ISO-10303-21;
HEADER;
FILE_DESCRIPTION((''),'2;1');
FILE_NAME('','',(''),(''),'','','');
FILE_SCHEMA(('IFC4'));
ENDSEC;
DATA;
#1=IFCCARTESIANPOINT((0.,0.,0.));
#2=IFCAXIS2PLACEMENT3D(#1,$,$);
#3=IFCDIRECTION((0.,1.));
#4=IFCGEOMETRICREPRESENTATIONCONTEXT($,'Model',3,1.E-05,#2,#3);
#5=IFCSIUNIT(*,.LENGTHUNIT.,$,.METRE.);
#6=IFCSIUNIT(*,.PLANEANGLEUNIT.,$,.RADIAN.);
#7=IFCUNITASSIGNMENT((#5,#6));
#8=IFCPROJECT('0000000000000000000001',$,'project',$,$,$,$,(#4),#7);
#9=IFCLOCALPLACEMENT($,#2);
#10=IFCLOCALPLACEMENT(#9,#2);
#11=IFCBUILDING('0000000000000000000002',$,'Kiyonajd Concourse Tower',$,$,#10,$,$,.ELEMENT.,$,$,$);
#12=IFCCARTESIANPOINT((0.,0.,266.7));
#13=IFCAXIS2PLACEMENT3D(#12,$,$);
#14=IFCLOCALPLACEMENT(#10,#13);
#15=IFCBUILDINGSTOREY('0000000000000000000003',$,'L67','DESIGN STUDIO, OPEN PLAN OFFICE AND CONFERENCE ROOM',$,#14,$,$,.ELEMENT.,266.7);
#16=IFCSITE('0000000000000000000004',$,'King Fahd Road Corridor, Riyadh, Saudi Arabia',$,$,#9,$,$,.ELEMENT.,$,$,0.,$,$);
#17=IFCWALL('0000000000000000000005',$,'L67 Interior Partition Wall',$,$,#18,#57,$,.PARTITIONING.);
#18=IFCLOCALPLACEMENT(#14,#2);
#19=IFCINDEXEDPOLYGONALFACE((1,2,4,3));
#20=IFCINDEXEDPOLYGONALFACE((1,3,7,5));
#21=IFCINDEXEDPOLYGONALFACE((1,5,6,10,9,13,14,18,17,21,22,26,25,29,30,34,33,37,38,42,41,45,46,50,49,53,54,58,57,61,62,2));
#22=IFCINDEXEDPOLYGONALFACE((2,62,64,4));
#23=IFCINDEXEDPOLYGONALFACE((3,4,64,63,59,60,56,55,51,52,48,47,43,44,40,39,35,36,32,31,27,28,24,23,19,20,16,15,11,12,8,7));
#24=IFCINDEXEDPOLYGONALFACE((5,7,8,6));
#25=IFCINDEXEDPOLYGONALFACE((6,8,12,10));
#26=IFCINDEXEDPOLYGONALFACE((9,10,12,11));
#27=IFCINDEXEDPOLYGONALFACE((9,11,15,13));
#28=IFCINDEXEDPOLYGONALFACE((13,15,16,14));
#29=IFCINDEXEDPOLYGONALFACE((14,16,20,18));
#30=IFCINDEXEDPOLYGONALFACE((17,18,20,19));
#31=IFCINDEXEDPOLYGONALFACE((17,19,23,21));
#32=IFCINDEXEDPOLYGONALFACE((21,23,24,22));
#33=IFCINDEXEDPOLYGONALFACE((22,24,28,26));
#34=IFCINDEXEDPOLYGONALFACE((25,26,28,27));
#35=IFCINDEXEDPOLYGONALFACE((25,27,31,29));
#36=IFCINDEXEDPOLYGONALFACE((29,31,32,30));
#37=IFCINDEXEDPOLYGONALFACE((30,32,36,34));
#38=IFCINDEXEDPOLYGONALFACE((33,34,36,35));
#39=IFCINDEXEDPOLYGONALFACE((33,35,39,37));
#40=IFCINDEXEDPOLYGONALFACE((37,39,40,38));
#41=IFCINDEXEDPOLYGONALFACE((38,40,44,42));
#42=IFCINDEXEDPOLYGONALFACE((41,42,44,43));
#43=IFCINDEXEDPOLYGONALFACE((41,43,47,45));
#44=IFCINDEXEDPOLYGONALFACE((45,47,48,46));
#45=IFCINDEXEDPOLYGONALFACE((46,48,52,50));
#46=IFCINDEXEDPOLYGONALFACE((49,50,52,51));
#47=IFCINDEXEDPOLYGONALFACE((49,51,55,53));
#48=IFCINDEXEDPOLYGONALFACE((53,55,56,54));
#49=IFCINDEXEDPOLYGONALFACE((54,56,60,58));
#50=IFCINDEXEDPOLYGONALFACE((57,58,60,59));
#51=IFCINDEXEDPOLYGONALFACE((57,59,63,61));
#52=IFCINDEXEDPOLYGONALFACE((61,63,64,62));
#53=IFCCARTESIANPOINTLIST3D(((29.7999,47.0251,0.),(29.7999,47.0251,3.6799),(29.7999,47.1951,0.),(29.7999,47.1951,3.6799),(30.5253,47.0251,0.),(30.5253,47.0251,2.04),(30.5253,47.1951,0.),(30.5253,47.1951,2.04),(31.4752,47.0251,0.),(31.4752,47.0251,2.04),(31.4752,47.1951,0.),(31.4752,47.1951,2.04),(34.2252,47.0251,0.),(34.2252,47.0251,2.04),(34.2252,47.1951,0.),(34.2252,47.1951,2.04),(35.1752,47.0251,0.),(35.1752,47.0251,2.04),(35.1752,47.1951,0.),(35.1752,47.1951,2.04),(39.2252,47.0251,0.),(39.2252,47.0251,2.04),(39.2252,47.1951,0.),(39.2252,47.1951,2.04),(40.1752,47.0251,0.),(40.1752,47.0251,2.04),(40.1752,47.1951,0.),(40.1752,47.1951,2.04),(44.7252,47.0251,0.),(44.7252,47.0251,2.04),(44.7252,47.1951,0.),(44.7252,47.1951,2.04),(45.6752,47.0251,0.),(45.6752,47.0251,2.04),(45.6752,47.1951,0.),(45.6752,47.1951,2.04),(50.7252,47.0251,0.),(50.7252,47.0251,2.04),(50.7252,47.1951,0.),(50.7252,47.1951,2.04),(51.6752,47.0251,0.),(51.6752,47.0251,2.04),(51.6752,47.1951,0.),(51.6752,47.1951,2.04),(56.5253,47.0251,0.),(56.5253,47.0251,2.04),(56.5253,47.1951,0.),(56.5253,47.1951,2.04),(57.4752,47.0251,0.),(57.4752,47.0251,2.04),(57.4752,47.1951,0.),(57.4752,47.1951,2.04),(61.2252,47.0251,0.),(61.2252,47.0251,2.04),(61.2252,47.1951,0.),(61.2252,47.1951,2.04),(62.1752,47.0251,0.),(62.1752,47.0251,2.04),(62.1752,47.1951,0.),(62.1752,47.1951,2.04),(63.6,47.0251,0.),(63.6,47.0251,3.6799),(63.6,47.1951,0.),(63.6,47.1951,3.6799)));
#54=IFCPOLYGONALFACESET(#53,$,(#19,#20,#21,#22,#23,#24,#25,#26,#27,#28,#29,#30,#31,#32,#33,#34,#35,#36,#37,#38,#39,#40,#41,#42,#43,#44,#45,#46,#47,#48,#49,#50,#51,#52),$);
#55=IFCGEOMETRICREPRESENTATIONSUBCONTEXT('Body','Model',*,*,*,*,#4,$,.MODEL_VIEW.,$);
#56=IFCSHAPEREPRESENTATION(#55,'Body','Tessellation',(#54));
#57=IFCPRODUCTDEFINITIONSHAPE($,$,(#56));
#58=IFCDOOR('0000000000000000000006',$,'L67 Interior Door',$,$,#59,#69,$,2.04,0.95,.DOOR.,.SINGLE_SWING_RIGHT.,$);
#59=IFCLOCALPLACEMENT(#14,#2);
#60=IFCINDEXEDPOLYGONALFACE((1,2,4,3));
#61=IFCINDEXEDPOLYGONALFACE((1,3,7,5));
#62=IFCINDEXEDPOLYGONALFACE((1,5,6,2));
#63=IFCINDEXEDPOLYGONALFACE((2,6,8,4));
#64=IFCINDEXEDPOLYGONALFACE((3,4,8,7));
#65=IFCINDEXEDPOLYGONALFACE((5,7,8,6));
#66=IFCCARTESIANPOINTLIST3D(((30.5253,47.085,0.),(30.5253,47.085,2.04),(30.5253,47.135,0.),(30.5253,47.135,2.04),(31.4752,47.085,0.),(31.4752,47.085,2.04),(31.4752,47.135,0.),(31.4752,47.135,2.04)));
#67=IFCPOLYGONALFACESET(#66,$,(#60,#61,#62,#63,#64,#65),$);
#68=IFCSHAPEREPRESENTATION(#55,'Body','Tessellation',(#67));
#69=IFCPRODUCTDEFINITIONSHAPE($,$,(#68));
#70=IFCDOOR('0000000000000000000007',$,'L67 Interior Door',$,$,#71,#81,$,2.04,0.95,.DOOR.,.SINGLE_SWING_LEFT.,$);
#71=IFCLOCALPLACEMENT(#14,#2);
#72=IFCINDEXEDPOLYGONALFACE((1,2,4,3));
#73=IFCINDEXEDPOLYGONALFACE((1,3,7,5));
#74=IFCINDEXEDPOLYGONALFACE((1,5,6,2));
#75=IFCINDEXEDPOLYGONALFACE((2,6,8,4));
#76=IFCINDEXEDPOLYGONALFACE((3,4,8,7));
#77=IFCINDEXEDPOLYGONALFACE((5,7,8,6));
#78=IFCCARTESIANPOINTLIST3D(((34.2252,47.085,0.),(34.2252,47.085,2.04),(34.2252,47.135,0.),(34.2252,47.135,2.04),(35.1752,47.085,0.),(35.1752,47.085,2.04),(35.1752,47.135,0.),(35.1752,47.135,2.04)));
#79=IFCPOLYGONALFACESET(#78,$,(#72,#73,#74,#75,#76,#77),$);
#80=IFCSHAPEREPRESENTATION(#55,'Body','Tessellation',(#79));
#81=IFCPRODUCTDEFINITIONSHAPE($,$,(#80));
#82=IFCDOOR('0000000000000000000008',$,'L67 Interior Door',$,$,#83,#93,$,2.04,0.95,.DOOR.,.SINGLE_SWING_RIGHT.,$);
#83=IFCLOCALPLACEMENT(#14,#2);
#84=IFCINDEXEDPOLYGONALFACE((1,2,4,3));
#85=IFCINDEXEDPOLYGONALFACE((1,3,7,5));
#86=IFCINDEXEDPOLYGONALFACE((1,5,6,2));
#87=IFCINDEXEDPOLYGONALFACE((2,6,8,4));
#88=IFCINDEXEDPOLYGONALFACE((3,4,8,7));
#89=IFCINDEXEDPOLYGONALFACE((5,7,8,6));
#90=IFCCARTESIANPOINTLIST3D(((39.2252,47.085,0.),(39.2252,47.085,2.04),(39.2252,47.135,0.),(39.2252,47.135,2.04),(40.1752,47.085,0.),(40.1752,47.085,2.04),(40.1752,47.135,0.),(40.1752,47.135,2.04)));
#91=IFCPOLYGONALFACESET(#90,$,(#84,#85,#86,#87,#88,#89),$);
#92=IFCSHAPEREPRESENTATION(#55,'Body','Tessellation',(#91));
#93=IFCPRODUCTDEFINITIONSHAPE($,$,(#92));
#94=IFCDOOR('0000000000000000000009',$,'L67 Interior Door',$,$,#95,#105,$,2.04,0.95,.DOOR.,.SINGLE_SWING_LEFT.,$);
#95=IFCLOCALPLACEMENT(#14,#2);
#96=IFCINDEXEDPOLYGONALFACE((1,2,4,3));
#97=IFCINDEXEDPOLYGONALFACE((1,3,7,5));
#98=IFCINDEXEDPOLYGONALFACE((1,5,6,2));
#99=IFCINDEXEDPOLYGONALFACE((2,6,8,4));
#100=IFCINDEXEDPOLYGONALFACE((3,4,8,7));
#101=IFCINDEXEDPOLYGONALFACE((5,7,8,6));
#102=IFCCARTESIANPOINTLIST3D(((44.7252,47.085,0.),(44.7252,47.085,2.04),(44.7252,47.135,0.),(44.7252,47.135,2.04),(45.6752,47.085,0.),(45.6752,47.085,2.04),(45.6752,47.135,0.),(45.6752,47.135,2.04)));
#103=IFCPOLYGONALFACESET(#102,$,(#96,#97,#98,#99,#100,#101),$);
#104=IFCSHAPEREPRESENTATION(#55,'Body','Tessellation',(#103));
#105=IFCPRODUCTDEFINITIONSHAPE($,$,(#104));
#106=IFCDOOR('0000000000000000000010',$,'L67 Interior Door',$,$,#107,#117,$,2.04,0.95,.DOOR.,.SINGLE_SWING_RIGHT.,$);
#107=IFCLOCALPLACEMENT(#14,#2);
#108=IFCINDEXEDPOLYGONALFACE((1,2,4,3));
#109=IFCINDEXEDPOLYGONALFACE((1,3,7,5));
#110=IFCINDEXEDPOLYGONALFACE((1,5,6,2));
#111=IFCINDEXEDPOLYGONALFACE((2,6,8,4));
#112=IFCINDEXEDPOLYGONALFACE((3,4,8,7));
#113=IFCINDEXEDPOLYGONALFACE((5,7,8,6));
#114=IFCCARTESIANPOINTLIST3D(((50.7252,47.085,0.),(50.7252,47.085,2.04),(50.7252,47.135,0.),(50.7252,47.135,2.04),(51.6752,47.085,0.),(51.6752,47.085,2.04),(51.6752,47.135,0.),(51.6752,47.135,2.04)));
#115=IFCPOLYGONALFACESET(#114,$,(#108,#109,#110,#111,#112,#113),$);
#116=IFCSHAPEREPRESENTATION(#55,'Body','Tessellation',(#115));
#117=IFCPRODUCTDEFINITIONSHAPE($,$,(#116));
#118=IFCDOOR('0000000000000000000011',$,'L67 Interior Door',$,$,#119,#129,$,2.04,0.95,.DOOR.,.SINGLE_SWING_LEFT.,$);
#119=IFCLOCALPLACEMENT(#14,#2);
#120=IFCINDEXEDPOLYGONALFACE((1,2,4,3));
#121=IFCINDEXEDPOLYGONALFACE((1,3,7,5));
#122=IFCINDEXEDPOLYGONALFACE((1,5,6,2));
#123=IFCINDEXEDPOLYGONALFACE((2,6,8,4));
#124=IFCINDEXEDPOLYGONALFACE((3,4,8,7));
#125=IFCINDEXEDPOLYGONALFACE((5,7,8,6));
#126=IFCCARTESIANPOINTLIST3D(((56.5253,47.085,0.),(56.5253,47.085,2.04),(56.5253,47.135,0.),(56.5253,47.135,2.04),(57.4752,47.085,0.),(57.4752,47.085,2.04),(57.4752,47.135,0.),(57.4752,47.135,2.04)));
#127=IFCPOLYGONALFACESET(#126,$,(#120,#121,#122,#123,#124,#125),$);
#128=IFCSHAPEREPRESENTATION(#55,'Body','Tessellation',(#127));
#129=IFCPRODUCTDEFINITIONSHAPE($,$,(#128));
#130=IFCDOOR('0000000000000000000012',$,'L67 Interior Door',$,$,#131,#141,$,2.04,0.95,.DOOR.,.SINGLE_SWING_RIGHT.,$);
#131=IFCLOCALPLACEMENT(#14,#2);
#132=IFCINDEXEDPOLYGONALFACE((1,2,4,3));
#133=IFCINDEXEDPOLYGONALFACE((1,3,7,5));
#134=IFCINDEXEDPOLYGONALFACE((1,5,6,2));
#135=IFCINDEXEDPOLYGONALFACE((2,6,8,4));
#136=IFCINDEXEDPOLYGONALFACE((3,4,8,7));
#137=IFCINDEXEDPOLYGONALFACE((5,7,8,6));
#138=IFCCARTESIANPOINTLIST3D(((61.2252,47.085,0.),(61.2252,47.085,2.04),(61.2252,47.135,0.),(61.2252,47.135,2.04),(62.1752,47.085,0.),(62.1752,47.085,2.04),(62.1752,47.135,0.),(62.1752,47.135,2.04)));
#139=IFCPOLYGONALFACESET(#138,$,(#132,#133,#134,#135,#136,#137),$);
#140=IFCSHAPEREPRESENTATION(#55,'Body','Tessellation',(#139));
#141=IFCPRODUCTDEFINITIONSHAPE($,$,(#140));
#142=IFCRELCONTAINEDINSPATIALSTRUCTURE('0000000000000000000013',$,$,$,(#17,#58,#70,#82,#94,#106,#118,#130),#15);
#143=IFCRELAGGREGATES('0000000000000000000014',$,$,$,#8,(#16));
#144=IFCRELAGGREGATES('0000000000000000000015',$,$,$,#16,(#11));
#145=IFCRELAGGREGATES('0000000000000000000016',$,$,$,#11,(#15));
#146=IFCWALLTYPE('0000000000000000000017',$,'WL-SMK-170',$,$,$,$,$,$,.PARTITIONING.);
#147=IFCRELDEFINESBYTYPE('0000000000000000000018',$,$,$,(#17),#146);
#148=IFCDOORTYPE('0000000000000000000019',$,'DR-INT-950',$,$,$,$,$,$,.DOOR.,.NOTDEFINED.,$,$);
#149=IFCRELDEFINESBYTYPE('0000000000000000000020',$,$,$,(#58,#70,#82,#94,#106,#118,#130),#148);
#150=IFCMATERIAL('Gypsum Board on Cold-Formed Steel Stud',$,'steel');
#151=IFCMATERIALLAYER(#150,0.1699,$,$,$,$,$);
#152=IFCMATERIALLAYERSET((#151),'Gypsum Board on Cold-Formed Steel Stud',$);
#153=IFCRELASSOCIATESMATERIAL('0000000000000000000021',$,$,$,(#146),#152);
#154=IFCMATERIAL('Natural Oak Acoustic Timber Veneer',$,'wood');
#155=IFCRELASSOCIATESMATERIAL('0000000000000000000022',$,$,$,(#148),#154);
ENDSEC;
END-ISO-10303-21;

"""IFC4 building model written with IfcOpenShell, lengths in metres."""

from ifc_helpers import new_model, si_unit, direction, frame, frame_2d, origin, place, context, subcontext, project, spatial, rectangle, extrude, material, layer, layer_set, type_object, element, fill, save


model = new_model("IFC4")

# Units and contexts
model_context = context("Model", 3, precision=1e-05, world=origin(), true_north=direction((0.0, 1.0)))
body_context = subcontext(model_context, "Body", "Model", "MODEL_VIEW")
ifc_project = project(units=[si_unit("LENGTHUNIT", "METRE"), si_unit("PLANEANGLEUNIT", "RADIAN")], contexts=[model_context])

# Site, building, storey
site_placement = place(None, origin())
site = spatial("IfcSite", under=ifc_project, at=site_placement, Name="King Fahd Road Corridor, Riyadh, Saudi Arabia", CompositionType="ELEMENT", RefElevation=0.0)
building_placement = place(site_placement, origin())
building = spatial("IfcBuilding", under=site, at=building_placement, Name="Kiyonajd Concourse Tower", CompositionType="ELEMENT")
storey_placement = place(building_placement, frame((0.0, 0.0, 266.7)))
storey = spatial("IfcBuildingStorey", under=building, at=storey_placement, Name="L67", Description="DESIGN STUDIO, OPEN PLAN OFFICE AND CONFERENCE ROOM", CompositionType="ELEMENT", Elevation=266.7)

# Shared definitions
ifc_material_1 = material(Name="Gypsum Board on Cold-Formed Steel Stud", Category="steel")

# Wall, openings, doors
ifc_layer_1 = layer(ifc_material_1, 0.1699)
ifc_layer_set_1 = layer_set([ifc_layer_1], Name="Gypsum Board on Cold-Formed Steel Stud")
wall_type_1 = type_object("IfcWallType", Name="WL-SMK-170", PredefinedType="PARTITIONING", material=ifc_layer_set_1)
wall_1_placement = place(storey_placement, frame((29.8, 47.1101, 0.0), z_axis=(0.0, 0.0, 1.0), x_axis=(1.0, 0.0, 0.0)))
wall_1 = element("IfcWall", 1, at=wall_1_placement, inside=storey, type_object=wall_type_1, Name="L67 Interior Partition Wall", PredefinedType="PARTITIONING", context=body_context, shape_type="SweptSolid", body=[
    extrude(rectangle(XDim=33.8, YDim=0.1699, at=frame_2d((16.8999, 0.0))), origin(), (0.0, 0.0, 1.0), 3.6799),
])
opening_1_placement = place(wall_1_placement, frame((0.7251, 0.0, 0.0)))
opening_1 = element("IfcOpeningElement", 2, at=opening_1_placement, cuts=wall_1, PredefinedType="OPENING", context=body_context, shape_type="SweptSolid", body=[
    extrude(rectangle(XDim=0.95, YDim=2.04, at=frame_2d((0.4751, 1.02))), frame((0.0, 0.095, 0.0), z_axis=(0.0, -1.0, 0.0), x_axis=(1.0, 0.0, 0.0)), (0.0, 0.0, 1.0), 0.1899),
])
opening_2_placement = place(wall_1_placement, frame((4.425, 0.0, 0.0)))
opening_2 = element("IfcOpeningElement", 3, at=opening_2_placement, cuts=wall_1, PredefinedType="OPENING", context=body_context, shape_type="SweptSolid", body=[
    extrude(rectangle(XDim=0.95, YDim=2.04, at=frame_2d((0.4751, 1.02))), frame((0.0, 0.095, 0.0), z_axis=(0.0, -1.0, 0.0), x_axis=(1.0, 0.0, 0.0)), (0.0, 0.0, 1.0), 0.1899),
])
opening_3_placement = place(wall_1_placement, frame((9.425, 0.0, 0.0)))
opening_3 = element("IfcOpeningElement", 4, at=opening_3_placement, cuts=wall_1, PredefinedType="OPENING", context=body_context, shape_type="SweptSolid", body=[
    extrude(rectangle(XDim=0.95, YDim=2.04, at=frame_2d((0.4751, 1.02))), frame((0.0, 0.095, 0.0), z_axis=(0.0, -1.0, 0.0), x_axis=(1.0, 0.0, 0.0)), (0.0, 0.0, 1.0), 0.1899),
])
opening_4_placement = place(wall_1_placement, frame((14.925, 0.0, 0.0)))
opening_4 = element("IfcOpeningElement", 5, at=opening_4_placement, cuts=wall_1, PredefinedType="OPENING", context=body_context, shape_type="SweptSolid", body=[
    extrude(rectangle(XDim=0.95, YDim=2.04, at=frame_2d((0.4751, 1.02))), frame((0.0, 0.095, 0.0), z_axis=(0.0, -1.0, 0.0), x_axis=(1.0, 0.0, 0.0)), (0.0, 0.0, 1.0), 0.1899),
])
opening_5_placement = place(wall_1_placement, frame((20.925, 0.0, 0.0)))
opening_5 = element("IfcOpeningElement", 6, at=opening_5_placement, cuts=wall_1, PredefinedType="OPENING", context=body_context, shape_type="SweptSolid", body=[
    extrude(rectangle(XDim=0.95, YDim=2.04, at=frame_2d((0.4751, 1.02))), frame((0.0, 0.095, 0.0), z_axis=(0.0, -1.0, 0.0), x_axis=(1.0, 0.0, 0.0)), (0.0, 0.0, 1.0), 0.1899),
])
opening_6_placement = place(wall_1_placement, frame((26.7251, 0.0, 0.0)))
opening_6 = element("IfcOpeningElement", 7, at=opening_6_placement, cuts=wall_1, PredefinedType="OPENING", context=body_context, shape_type="SweptSolid", body=[
    extrude(rectangle(XDim=0.95, YDim=2.04, at=frame_2d((0.4751, 1.02))), frame((0.0, 0.095, 0.0), z_axis=(0.0, -1.0, 0.0), x_axis=(1.0, 0.0, 0.0)), (0.0, 0.0, 1.0), 0.1899),
])
opening_7_placement = place(wall_1_placement, frame((31.425, 0.0, 0.0)))
opening_7 = element("IfcOpeningElement", 8, at=opening_7_placement, cuts=wall_1, PredefinedType="OPENING", context=body_context, shape_type="SweptSolid", body=[
    extrude(rectangle(XDim=0.95, YDim=2.04, at=frame_2d((0.4751, 1.02))), frame((0.0, 0.095, 0.0), z_axis=(0.0, -1.0, 0.0), x_axis=(1.0, 0.0, 0.0)), (0.0, 0.0, 1.0), 0.1899),
])
ifc_material_2 = material(Name="Natural Oak Acoustic Timber Veneer", Category="wood")
door_type = type_object("IfcDoorType", Name="DR-INT-950", OperationType="NOTDEFINED", PredefinedType="DOOR", material=ifc_material_2)
door_1_placement = place(opening_1_placement, origin())
door_1 = element("IfcDoor", 9, at=door_1_placement, inside=storey, type_object=door_type, Name="L67 Interior Door", OperationType="SINGLE_SWING_RIGHT", OverallHeight=2.04, OverallWidth=0.95, PredefinedType="DOOR", context=body_context, shape_type="SweptSolid", body=[
    extrude(rectangle(XDim=0.95, YDim=2.04, at=frame_2d((0.4751, 1.02))), frame((0.0, 0.0249, 0.0), z_axis=(0.0, -1.0, 0.0), x_axis=(1.0, 0.0, 0.0)), (0.0, 0.0, 1.0), 0.05),
])
fill(opening_1, door_1)
door_2_placement = place(opening_2_placement, origin())
door_2 = element("IfcDoor", 10, at=door_2_placement, inside=storey, type_object=door_type, Name="L67 Interior Door", OperationType="SINGLE_SWING_LEFT", OverallHeight=2.04, OverallWidth=0.95, PredefinedType="DOOR", context=body_context, shape_type="SweptSolid", body=[
    extrude(rectangle(XDim=0.95, YDim=2.04, at=frame_2d((0.4751, 1.02))), frame((0.0, 0.0249, 0.0), z_axis=(0.0, -1.0, 0.0), x_axis=(1.0, 0.0, 0.0)), (0.0, 0.0, 1.0), 0.05),
])
fill(opening_2, door_2)
door_3_placement = place(opening_3_placement, origin())
door_3 = element("IfcDoor", 11, at=door_3_placement, inside=storey, type_object=door_type, Name="L67 Interior Door", OperationType="SINGLE_SWING_RIGHT", OverallHeight=2.04, OverallWidth=0.95, PredefinedType="DOOR", context=body_context, shape_type="SweptSolid", body=[
    extrude(rectangle(XDim=0.95, YDim=2.04, at=frame_2d((0.4751, 1.02))), frame((0.0, 0.0249, 0.0), z_axis=(0.0, -1.0, 0.0), x_axis=(1.0, 0.0, 0.0)), (0.0, 0.0, 1.0), 0.05),
])
fill(opening_3, door_3)
door_4_placement = place(opening_4_placement, origin())
door_4 = element("IfcDoor", 12, at=door_4_placement, inside=storey, type_object=door_type, Name="L67 Interior Door", OperationType="SINGLE_SWING_LEFT", OverallHeight=2.04, OverallWidth=0.95, PredefinedType="DOOR", context=body_context, shape_type="SweptSolid", body=[
    extrude(rectangle(XDim=0.95, YDim=2.04, at=frame_2d((0.4751, 1.02))), frame((0.0, 0.0249, 0.0), z_axis=(0.0, -1.0, 0.0), x_axis=(1.0, 0.0, 0.0)), (0.0, 0.0, 1.0), 0.05),
])
fill(opening_4, door_4)
door_5_placement = place(opening_5_placement, origin())
door_5 = element("IfcDoor", 13, at=door_5_placement, inside=storey, type_object=door_type, Name="L67 Interior Door", OperationType="SINGLE_SWING_RIGHT", OverallHeight=2.04, OverallWidth=0.95, PredefinedType="DOOR", context=body_context, shape_type="SweptSolid", body=[
    extrude(rectangle(XDim=0.95, YDim=2.04, at=frame_2d((0.4751, 1.02))), frame((0.0, 0.0249, 0.0), z_axis=(0.0, -1.0, 0.0), x_axis=(1.0, 0.0, 0.0)), (0.0, 0.0, 1.0), 0.05),
])
fill(opening_5, door_5)
door_6_placement = place(opening_6_placement, origin())
door_6 = element("IfcDoor", 14, at=door_6_placement, inside=storey, type_object=door_type, Name="L67 Interior Door", OperationType="SINGLE_SWING_LEFT", OverallHeight=2.04, OverallWidth=0.95, PredefinedType="DOOR", context=body_context, shape_type="SweptSolid", body=[
    extrude(rectangle(XDim=0.95, YDim=2.04, at=frame_2d((0.4751, 1.02))), frame((0.0, 0.0249, 0.0), z_axis=(0.0, -1.0, 0.0), x_axis=(1.0, 0.0, 0.0)), (0.0, 0.0, 1.0), 0.05),
])
fill(opening_6, door_6)
door_7_placement = place(opening_7_placement, origin())
door_7 = element("IfcDoor", 15, at=door_7_placement, inside=storey, type_object=door_type, Name="L67 Interior Door", OperationType="SINGLE_SWING_RIGHT", OverallHeight=2.04, OverallWidth=0.95, PredefinedType="DOOR", context=body_context, shape_type="SweptSolid", body=[
    extrude(rectangle(XDim=0.95, YDim=2.04, at=frame_2d((0.4751, 1.02))), frame((0.0, 0.0249, 0.0), z_axis=(0.0, -1.0, 0.0), x_axis=(1.0, 0.0, 0.0)), (0.0, 0.0, 1.0), 0.05),
])
fill(opening_7, door_7)

save(model, "model.ifc")
